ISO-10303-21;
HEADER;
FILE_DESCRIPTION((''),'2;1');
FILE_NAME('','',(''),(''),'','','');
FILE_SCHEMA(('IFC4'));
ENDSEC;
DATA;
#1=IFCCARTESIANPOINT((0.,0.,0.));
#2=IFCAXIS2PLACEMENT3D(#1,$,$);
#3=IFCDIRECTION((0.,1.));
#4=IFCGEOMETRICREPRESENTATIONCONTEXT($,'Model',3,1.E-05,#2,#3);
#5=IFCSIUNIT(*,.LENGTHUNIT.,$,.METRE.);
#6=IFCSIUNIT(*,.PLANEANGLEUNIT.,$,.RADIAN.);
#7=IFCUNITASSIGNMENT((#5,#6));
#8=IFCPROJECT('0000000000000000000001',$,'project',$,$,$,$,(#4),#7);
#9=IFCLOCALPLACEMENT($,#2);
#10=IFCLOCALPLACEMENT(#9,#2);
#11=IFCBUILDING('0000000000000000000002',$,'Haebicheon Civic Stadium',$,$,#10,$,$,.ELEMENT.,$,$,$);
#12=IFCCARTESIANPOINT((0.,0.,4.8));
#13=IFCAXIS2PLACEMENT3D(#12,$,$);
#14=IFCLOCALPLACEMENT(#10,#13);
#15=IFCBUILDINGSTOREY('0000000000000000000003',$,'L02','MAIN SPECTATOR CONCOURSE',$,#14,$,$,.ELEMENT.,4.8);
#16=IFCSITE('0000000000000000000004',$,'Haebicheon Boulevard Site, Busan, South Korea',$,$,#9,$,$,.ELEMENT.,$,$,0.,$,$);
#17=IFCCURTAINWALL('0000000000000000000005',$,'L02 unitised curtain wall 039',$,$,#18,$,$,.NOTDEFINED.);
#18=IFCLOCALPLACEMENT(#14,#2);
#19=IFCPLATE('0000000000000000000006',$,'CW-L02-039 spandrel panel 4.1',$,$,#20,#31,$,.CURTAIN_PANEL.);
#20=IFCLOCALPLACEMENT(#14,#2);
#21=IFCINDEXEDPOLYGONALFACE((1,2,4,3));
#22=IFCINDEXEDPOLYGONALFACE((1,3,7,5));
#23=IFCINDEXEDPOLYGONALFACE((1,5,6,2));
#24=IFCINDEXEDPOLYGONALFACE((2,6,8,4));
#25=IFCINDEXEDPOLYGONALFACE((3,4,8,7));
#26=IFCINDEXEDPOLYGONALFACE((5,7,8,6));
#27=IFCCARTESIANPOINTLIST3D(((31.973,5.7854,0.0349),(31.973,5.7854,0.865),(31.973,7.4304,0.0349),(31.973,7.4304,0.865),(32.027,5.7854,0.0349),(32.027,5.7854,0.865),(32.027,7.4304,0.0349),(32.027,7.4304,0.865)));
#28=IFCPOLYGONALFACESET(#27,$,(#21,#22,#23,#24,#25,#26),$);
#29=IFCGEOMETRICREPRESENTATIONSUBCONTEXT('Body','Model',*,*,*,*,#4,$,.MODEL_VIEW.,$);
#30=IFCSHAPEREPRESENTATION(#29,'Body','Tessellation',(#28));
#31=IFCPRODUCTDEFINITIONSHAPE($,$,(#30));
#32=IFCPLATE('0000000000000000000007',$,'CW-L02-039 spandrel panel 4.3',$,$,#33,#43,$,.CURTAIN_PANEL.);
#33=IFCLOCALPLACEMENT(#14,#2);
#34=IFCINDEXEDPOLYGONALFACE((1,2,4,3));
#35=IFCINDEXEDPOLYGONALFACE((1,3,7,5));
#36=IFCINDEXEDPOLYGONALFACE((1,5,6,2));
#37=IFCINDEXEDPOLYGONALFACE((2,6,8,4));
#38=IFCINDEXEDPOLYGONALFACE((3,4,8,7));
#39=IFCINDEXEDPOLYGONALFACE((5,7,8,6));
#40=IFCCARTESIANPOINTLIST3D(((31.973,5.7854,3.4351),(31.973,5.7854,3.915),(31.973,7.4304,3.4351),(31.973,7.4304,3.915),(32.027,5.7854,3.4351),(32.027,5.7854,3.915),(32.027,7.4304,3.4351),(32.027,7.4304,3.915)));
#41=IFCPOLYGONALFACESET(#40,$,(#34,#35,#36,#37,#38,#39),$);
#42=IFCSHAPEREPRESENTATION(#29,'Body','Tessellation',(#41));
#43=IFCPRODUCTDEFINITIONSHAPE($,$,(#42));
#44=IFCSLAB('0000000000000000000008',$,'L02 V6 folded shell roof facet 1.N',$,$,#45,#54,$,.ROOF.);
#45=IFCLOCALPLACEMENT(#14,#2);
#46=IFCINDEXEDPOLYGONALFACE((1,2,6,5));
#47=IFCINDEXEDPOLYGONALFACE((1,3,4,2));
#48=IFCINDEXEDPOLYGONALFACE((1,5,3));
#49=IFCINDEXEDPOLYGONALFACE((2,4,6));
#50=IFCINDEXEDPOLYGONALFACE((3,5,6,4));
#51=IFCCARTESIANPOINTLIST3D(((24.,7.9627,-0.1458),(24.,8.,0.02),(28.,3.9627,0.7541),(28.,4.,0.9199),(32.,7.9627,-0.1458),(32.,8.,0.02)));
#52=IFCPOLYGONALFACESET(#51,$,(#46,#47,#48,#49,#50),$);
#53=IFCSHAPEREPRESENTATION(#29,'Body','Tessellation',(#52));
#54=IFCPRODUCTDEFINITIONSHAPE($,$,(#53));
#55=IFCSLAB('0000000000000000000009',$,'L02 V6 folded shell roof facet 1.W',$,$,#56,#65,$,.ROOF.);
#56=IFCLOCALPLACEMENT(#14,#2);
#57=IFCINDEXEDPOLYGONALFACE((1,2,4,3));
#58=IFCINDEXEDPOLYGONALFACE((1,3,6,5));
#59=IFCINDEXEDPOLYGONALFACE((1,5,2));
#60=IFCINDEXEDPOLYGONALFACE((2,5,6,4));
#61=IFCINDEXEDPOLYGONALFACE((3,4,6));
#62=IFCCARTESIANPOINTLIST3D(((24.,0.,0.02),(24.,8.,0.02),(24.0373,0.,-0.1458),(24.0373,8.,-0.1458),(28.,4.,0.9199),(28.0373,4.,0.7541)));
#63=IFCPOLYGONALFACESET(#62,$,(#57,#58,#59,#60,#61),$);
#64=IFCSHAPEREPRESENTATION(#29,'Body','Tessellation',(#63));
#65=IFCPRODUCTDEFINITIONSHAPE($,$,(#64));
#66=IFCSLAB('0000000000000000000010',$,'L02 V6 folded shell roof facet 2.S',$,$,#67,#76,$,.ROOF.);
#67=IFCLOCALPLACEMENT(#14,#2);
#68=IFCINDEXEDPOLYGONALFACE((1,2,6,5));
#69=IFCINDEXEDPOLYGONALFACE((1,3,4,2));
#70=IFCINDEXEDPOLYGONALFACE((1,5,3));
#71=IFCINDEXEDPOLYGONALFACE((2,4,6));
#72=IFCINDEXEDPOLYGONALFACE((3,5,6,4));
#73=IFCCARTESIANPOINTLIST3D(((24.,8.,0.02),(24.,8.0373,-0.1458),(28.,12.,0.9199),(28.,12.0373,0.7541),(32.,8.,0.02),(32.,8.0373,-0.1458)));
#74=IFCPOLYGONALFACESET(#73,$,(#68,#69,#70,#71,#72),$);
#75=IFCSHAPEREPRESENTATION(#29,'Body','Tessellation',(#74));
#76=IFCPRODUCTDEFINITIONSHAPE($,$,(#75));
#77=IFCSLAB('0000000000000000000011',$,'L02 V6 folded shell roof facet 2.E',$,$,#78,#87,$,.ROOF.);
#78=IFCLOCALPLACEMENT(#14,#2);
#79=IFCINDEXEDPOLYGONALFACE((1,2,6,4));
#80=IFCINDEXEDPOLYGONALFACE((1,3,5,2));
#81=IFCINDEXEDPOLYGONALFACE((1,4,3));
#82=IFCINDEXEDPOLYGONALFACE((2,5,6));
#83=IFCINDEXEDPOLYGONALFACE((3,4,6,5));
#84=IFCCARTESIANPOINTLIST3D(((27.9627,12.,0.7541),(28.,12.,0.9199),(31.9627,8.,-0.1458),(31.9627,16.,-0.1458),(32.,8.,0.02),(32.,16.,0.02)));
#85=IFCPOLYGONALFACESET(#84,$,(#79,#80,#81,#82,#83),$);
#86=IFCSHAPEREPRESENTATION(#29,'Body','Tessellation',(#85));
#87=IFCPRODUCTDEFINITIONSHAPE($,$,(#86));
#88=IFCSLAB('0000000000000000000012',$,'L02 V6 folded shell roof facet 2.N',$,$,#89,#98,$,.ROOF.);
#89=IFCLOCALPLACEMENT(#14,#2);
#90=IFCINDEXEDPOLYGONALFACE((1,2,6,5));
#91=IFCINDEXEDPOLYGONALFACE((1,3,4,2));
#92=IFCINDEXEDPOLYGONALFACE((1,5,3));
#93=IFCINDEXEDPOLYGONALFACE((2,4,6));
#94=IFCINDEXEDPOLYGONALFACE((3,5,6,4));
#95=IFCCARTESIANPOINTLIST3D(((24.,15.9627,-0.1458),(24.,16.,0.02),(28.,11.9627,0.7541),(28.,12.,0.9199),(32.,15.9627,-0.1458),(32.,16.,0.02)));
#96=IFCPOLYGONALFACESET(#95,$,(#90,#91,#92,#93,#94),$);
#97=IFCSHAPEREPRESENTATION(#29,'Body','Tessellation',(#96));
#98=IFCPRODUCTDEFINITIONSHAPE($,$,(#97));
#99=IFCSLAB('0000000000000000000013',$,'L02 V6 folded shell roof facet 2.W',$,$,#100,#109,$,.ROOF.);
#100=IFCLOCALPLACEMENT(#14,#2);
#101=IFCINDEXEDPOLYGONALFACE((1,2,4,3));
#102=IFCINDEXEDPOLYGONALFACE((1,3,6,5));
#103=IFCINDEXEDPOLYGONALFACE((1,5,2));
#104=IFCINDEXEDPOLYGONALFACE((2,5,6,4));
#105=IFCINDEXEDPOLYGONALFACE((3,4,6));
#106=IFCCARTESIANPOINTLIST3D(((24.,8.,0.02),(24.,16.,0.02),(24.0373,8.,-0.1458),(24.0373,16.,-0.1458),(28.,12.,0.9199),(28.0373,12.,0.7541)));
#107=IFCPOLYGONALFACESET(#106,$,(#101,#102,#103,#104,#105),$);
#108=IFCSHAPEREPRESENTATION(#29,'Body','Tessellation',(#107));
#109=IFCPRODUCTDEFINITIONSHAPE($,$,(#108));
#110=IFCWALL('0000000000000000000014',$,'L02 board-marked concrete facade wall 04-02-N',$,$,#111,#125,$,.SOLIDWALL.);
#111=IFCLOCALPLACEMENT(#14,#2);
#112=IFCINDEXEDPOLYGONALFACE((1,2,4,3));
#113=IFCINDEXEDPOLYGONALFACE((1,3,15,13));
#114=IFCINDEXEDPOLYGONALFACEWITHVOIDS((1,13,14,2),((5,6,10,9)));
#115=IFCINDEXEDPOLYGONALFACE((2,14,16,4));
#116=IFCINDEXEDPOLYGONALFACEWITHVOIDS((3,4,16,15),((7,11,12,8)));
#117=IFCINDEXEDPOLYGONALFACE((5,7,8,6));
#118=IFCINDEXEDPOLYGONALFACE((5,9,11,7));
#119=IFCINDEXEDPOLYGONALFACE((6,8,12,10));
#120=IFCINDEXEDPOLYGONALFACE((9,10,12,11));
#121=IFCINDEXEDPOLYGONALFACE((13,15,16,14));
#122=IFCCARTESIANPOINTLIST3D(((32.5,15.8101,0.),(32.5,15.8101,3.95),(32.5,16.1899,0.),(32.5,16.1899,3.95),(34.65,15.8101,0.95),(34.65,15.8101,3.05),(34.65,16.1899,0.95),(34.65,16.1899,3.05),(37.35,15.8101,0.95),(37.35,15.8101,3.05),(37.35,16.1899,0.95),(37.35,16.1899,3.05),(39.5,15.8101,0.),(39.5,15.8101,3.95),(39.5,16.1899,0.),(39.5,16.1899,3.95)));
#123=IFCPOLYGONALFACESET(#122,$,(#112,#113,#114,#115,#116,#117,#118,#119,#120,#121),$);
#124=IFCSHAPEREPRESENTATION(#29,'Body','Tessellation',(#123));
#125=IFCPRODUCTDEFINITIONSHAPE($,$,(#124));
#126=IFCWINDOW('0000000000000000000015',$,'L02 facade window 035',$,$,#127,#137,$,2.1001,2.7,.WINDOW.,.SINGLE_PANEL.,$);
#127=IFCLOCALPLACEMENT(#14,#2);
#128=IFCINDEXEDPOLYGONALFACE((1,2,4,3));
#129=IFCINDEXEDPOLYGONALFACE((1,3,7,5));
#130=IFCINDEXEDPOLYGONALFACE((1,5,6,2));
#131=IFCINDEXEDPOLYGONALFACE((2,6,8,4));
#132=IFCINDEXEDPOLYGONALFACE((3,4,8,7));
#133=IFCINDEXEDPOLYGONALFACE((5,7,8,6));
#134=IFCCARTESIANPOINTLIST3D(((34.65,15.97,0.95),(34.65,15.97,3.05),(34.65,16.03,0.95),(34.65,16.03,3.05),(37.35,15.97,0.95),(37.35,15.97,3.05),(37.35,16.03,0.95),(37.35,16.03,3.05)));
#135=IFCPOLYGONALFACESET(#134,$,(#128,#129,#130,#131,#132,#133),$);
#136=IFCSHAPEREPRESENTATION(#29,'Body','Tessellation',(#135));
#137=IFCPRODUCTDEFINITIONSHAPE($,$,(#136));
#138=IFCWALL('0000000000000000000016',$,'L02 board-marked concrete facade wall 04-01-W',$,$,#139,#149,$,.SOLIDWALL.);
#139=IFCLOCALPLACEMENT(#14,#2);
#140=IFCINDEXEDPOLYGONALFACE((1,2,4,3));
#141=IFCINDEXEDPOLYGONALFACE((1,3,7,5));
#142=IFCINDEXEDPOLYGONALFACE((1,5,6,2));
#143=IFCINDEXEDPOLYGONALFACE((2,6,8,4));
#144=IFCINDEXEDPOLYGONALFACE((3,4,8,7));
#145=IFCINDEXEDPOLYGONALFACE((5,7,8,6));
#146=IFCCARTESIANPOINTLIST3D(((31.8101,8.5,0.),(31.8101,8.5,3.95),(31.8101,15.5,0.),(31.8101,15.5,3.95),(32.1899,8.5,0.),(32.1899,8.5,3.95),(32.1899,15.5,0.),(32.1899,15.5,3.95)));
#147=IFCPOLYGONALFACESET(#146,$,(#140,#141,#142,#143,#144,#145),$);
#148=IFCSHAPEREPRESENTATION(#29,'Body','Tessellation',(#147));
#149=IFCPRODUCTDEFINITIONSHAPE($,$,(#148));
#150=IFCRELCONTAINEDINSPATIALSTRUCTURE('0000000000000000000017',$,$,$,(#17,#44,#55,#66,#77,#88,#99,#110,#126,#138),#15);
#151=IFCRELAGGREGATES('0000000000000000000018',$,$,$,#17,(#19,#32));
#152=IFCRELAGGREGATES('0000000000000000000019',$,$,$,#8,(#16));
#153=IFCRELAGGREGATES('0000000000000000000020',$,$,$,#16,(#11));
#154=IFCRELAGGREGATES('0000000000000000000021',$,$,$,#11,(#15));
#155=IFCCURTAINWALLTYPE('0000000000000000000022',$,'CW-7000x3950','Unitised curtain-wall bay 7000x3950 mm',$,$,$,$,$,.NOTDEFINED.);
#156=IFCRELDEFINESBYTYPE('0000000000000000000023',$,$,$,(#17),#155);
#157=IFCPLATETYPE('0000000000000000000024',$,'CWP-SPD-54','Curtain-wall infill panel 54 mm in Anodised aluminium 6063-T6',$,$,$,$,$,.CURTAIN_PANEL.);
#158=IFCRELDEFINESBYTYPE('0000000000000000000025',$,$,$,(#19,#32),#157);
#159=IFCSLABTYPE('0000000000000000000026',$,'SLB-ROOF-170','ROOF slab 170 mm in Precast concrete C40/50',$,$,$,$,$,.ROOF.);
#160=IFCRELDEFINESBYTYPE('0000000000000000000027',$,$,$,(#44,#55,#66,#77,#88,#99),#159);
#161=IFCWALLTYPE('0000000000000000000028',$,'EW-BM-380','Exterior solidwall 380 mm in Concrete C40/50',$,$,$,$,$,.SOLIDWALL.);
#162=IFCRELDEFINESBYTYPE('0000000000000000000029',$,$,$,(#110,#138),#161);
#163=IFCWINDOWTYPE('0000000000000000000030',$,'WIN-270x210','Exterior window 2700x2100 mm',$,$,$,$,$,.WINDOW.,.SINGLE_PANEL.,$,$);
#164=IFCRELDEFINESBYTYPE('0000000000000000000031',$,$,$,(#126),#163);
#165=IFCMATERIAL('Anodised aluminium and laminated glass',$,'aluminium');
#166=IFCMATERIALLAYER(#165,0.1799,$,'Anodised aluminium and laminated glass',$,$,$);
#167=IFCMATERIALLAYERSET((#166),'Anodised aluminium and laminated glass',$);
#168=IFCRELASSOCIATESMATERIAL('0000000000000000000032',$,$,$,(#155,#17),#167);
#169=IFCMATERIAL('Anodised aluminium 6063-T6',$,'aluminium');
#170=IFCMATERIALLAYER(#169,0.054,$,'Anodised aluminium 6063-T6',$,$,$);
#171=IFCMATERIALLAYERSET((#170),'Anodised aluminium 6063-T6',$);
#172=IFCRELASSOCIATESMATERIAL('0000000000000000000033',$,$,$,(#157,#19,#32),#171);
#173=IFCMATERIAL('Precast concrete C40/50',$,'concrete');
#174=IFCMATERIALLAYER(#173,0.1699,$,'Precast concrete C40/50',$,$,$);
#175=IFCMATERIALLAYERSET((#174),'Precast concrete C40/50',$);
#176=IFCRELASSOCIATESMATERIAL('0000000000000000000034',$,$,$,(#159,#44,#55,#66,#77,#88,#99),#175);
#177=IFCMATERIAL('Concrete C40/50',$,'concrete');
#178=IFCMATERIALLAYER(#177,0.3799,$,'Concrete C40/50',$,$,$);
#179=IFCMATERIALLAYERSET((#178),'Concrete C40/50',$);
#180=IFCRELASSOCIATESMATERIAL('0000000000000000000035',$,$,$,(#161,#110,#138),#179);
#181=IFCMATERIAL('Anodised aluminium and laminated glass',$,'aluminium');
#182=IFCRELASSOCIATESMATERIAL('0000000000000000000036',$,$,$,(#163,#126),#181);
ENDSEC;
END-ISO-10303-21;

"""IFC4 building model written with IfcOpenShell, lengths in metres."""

from ifc_helpers import new_model, si_unit, direction, frame, frame_2d, origin, origin_2d, place, context, subcontext, project, spatial, polyline, rectangle, outline, extrude, material, layer, layer_set, type_object, element, fill, aggregate, save


model = new_model("IFC4")

# Units and contexts
model_context = context("Model", 3, precision=1e-05, world=origin(), true_north=direction((0.0, 1.0)))
body_context = subcontext(model_context, "Body", "Model", "MODEL_VIEW")
ifc_project = project(units=[si_unit("LENGTHUNIT", "METRE"), si_unit("PLANEANGLEUNIT", "RADIAN")], contexts=[model_context])

# Site, building, storey
site_placement = place(None, origin())
site = spatial("IfcSite", under=ifc_project, at=site_placement, Name="Haebicheon Boulevard Site, Busan, South Korea", CompositionType="ELEMENT", RefElevation=0.0)
building_placement = place(site_placement, origin())
building = spatial("IfcBuilding", under=site, at=building_placement, Name="Haebicheon Civic Stadium", CompositionType="ELEMENT")
storey_placement = place(building_placement, frame((0.0, 0.0, 4.8)))
storey = spatial("IfcBuildingStorey", under=building, at=storey_placement, Name="L02", Description="MAIN SPECTATOR CONCOURSE", CompositionType="ELEMENT", Elevation=4.8)

# Shared definitions
ifc_material_1 = material(Name="Anodised aluminium and laminated glass", Category="aluminium")
ifc_layer_1 = layer(ifc_material_1, 0.1799, Name="Anodised aluminium and laminated glass")
ifc_layer_set_1 = layer_set([ifc_layer_1], Name="Anodised aluminium and laminated glass")
curtain_wall_type = type_object("IfcCurtainWallType", Name="CW-7000x3950", Description="Unitised curtain-wall bay 7000x3950 mm", PredefinedType="NOTDEFINED", material=ifc_layer_set_1)

# Curtain wall
curtain_wall_1_placement = place(storey_placement, origin())
curtain_wall_1 = element("IfcCurtainWall", 1, at=curtain_wall_1_placement, inside=storey, type_object=curtain_wall_type, material=ifc_layer_set_1, Name="L02 unitised curtain wall 039", PredefinedType="NOTDEFINED")

# Plates
ifc_material_2 = material(Name="Anodised aluminium 6063-T6", Category="aluminium")
ifc_layer_2 = layer(ifc_material_2, 0.054, Name="Anodised aluminium 6063-T6")
ifc_layer_set_2 = layer_set([ifc_layer_2], Name="Anodised aluminium 6063-T6")
plate_type_1 = type_object("IfcPlateType", Name="CWP-SPD-54", Description="Curtain-wall infill panel 54 mm in Anodised aluminium 6063-T6", PredefinedType="CURTAIN_PANEL", material=ifc_layer_set_2)
plate_1_placement = place(storey_placement, frame((32.0, 6.6079, 0.0349), z_axis=(0.0, 0.0, 1.0), x_axis=(0.0, 1.0, 0.0)))
plate_1 = element("IfcPlate", 2, at=plate_1_placement, type_object=plate_type_1, material=ifc_layer_set_2, Name="CW-L02-039 spandrel panel 4.1", PredefinedType="CURTAIN_PANEL", context=body_context, shape_type="SweptSolid", body=[
    extrude(rectangle(XDim=1.645, YDim=0.054, at=origin_2d()), origin(), (0.0, 0.0, 1.0), 0.8301),
])
plate_2_placement = place(storey_placement, frame((32.0, 6.6079, 3.4351), z_axis=(0.0, 0.0, 1.0), x_axis=(0.0, 1.0, 0.0)))
plate_2 = element("IfcPlate", 3, at=plate_2_placement, type_object=plate_type_1, material=ifc_layer_set_2, Name="CW-L02-039 spandrel panel 4.3", PredefinedType="CURTAIN_PANEL", context=body_context, shape_type="SweptSolid", body=[
    extrude(rectangle(XDim=1.645, YDim=0.054, at=origin_2d()), origin(), (0.0, 0.0, 1.0), 0.48),
])
aggregate(curtain_wall_1, [plate_1, plate_2])

# Slabs
ifc_material_3 = material(Name="Precast concrete C40/50", Category="concrete")
ifc_layer_3 = layer(ifc_material_3, 0.1699, Name="Precast concrete C40/50")
ifc_layer_set_3 = layer_set([ifc_layer_3], Name="Precast concrete C40/50")
slab_type = type_object("IfcSlabType", Name="SLB-ROOF-170", Description="ROOF slab 170 mm in Precast concrete C40/50", PredefinedType="ROOF", material=ifc_layer_set_3)
for number, where, z_axis, x_axis, name in (
    (4, (32.0, 8.0, 0.02), (0.0, 0.21949, 0.975615), (-1.0, 0.0, 0.0), "L02 V6 folded shell roof facet 1.N"),
    (5, (24.0, 8.0, 0.02), (-0.21949, 0.0, 0.975615), (0.0, -1.0, 0.0), "L02 V6 folded shell roof facet 1.W"),
    (6, (24.0, 8.0, 0.02), (0.0, -0.21949, 0.975615), (1.0, 0.0, 0.0), "L02 V6 folded shell roof facet 2.S"),
    (7, (32.0, 8.0, 0.02), (0.21949, 0.0, 0.975615), (0.0, 1.0, 0.0), "L02 V6 folded shell roof facet 2.E"),
    (8, (32.0, 16.0, 0.02), (0.0, 0.21949, 0.975615), (-1.0, 0.0, 0.0), "L02 V6 folded shell roof facet 2.N"),
    (9, (24.0, 16.0, 0.02), (-0.21949, 0.0, 0.975615), (0.0, -1.0, 0.0), "L02 V6 folded shell roof facet 2.W"),
):
    element("IfcSlab", number, at=place(storey_placement, frame(where, z_axis=z_axis, x_axis=x_axis)), inside=storey, type_object=slab_type, material=ifc_layer_set_3, Name=name, PredefinedType="ROOF", context=body_context, shape_type="SweptSolid", body=[
        extrude(outline(polyline([(0.0, 0.0), (8.0, 0.0), (4.0, 4.1), (0.0, 0.0)])), origin(), (0.0, 0.0, -1.0), 0.1699),
    ])

# Wall, opening, window
ifc_material_4 = material(Name="Concrete C40/50", Category="concrete")
ifc_layer_4 = layer(ifc_material_4, 0.3799, Name="Concrete C40/50")
ifc_layer_set_4 = layer_set([ifc_layer_4], Name="Concrete C40/50")
wall_type = type_object("IfcWallType", Name="EW-BM-380", Description="Exterior solidwall 380 mm in Concrete C40/50", PredefinedType="SOLIDWALL", material=ifc_layer_set_4)
wall_1_placement = place(storey_placement, frame((32.5, 16.0, 0.0), z_axis=(0.0, 0.0, 1.0), x_axis=(1.0, 0.0, 0.0)))
wall_1 = element("IfcWall", 10, at=wall_1_placement, inside=storey, type_object=wall_type, material=ifc_layer_set_4, Name="L02 board-marked concrete facade wall 04-02-N", PredefinedType="SOLIDWALL", context=body_context, shape_type="SweptSolid", body=[
    extrude(rectangle(XDim=7.0, YDim=0.3799, at=frame_2d((3.5, 0.0))), origin(), (0.0, 0.0, 1.0), 3.95),
])
opening_placement = place(wall_1_placement, frame((2.1499, 0.0, 0.95)))
opening = element("IfcOpeningElement", 11, at=opening_placement, cuts=wall_1, PredefinedType="OPENING", context=body_context, shape_type="SweptSolid", body=[
    extrude(rectangle(XDim=2.7, YDim=2.1001, at=frame_2d((1.3501, 1.05))), frame((0.0, 0.2, 0.0), z_axis=(0.0, -1.0, 0.0), x_axis=(1.0, 0.0, 0.0)), (0.0, 0.0, 1.0), 0.3999),
])
ifc_material_5 = material(Name="Anodised aluminium and laminated glass", Category="aluminium")
window_type = type_object("IfcWindowType", Name="WIN-270x210", Description="Exterior window 2700x2100 mm", PartitioningType="SINGLE_PANEL", PredefinedType="WINDOW", material=ifc_material_5)
window_placement = place(opening_placement, origin())
window = element("IfcWindow", 12, at=window_placement, inside=storey, type_object=window_type, material=ifc_material_5, Name="L02 facade window 035", OverallHeight=2.1001, OverallWidth=2.7, PartitioningType="SINGLE_PANEL", PredefinedType="WINDOW", context=body_context, shape_type="SweptSolid", body=[
    extrude(rectangle(XDim=2.7, YDim=2.1001, at=frame_2d((1.3501, 1.05))), frame((0.0, 0.03, 0.0), z_axis=(0.0, -1.0, 0.0), x_axis=(1.0, 0.0, 0.0)), (0.0, 0.0, 1.0), 0.0601),
])
fill(opening, window)

# Wall
wall_2_placement = place(storey_placement, frame((32.0, 8.5, 0.0), z_axis=(0.0, 0.0, 1.0), x_axis=(0.0, 1.0, 0.0)))
element("IfcWall", 13, at=wall_2_placement, inside=storey, type_object=wall_type, material=ifc_layer_set_4, Name="L02 board-marked concrete facade wall 04-01-W", PredefinedType="SOLIDWALL", context=body_context, shape_type="SweptSolid", body=[
    extrude(rectangle(XDim=7.0, YDim=0.3799, at=frame_2d((3.5, 0.0))), origin(), (0.0, 0.0, 1.0), 3.95),
])

save(model, "model.ifc")
